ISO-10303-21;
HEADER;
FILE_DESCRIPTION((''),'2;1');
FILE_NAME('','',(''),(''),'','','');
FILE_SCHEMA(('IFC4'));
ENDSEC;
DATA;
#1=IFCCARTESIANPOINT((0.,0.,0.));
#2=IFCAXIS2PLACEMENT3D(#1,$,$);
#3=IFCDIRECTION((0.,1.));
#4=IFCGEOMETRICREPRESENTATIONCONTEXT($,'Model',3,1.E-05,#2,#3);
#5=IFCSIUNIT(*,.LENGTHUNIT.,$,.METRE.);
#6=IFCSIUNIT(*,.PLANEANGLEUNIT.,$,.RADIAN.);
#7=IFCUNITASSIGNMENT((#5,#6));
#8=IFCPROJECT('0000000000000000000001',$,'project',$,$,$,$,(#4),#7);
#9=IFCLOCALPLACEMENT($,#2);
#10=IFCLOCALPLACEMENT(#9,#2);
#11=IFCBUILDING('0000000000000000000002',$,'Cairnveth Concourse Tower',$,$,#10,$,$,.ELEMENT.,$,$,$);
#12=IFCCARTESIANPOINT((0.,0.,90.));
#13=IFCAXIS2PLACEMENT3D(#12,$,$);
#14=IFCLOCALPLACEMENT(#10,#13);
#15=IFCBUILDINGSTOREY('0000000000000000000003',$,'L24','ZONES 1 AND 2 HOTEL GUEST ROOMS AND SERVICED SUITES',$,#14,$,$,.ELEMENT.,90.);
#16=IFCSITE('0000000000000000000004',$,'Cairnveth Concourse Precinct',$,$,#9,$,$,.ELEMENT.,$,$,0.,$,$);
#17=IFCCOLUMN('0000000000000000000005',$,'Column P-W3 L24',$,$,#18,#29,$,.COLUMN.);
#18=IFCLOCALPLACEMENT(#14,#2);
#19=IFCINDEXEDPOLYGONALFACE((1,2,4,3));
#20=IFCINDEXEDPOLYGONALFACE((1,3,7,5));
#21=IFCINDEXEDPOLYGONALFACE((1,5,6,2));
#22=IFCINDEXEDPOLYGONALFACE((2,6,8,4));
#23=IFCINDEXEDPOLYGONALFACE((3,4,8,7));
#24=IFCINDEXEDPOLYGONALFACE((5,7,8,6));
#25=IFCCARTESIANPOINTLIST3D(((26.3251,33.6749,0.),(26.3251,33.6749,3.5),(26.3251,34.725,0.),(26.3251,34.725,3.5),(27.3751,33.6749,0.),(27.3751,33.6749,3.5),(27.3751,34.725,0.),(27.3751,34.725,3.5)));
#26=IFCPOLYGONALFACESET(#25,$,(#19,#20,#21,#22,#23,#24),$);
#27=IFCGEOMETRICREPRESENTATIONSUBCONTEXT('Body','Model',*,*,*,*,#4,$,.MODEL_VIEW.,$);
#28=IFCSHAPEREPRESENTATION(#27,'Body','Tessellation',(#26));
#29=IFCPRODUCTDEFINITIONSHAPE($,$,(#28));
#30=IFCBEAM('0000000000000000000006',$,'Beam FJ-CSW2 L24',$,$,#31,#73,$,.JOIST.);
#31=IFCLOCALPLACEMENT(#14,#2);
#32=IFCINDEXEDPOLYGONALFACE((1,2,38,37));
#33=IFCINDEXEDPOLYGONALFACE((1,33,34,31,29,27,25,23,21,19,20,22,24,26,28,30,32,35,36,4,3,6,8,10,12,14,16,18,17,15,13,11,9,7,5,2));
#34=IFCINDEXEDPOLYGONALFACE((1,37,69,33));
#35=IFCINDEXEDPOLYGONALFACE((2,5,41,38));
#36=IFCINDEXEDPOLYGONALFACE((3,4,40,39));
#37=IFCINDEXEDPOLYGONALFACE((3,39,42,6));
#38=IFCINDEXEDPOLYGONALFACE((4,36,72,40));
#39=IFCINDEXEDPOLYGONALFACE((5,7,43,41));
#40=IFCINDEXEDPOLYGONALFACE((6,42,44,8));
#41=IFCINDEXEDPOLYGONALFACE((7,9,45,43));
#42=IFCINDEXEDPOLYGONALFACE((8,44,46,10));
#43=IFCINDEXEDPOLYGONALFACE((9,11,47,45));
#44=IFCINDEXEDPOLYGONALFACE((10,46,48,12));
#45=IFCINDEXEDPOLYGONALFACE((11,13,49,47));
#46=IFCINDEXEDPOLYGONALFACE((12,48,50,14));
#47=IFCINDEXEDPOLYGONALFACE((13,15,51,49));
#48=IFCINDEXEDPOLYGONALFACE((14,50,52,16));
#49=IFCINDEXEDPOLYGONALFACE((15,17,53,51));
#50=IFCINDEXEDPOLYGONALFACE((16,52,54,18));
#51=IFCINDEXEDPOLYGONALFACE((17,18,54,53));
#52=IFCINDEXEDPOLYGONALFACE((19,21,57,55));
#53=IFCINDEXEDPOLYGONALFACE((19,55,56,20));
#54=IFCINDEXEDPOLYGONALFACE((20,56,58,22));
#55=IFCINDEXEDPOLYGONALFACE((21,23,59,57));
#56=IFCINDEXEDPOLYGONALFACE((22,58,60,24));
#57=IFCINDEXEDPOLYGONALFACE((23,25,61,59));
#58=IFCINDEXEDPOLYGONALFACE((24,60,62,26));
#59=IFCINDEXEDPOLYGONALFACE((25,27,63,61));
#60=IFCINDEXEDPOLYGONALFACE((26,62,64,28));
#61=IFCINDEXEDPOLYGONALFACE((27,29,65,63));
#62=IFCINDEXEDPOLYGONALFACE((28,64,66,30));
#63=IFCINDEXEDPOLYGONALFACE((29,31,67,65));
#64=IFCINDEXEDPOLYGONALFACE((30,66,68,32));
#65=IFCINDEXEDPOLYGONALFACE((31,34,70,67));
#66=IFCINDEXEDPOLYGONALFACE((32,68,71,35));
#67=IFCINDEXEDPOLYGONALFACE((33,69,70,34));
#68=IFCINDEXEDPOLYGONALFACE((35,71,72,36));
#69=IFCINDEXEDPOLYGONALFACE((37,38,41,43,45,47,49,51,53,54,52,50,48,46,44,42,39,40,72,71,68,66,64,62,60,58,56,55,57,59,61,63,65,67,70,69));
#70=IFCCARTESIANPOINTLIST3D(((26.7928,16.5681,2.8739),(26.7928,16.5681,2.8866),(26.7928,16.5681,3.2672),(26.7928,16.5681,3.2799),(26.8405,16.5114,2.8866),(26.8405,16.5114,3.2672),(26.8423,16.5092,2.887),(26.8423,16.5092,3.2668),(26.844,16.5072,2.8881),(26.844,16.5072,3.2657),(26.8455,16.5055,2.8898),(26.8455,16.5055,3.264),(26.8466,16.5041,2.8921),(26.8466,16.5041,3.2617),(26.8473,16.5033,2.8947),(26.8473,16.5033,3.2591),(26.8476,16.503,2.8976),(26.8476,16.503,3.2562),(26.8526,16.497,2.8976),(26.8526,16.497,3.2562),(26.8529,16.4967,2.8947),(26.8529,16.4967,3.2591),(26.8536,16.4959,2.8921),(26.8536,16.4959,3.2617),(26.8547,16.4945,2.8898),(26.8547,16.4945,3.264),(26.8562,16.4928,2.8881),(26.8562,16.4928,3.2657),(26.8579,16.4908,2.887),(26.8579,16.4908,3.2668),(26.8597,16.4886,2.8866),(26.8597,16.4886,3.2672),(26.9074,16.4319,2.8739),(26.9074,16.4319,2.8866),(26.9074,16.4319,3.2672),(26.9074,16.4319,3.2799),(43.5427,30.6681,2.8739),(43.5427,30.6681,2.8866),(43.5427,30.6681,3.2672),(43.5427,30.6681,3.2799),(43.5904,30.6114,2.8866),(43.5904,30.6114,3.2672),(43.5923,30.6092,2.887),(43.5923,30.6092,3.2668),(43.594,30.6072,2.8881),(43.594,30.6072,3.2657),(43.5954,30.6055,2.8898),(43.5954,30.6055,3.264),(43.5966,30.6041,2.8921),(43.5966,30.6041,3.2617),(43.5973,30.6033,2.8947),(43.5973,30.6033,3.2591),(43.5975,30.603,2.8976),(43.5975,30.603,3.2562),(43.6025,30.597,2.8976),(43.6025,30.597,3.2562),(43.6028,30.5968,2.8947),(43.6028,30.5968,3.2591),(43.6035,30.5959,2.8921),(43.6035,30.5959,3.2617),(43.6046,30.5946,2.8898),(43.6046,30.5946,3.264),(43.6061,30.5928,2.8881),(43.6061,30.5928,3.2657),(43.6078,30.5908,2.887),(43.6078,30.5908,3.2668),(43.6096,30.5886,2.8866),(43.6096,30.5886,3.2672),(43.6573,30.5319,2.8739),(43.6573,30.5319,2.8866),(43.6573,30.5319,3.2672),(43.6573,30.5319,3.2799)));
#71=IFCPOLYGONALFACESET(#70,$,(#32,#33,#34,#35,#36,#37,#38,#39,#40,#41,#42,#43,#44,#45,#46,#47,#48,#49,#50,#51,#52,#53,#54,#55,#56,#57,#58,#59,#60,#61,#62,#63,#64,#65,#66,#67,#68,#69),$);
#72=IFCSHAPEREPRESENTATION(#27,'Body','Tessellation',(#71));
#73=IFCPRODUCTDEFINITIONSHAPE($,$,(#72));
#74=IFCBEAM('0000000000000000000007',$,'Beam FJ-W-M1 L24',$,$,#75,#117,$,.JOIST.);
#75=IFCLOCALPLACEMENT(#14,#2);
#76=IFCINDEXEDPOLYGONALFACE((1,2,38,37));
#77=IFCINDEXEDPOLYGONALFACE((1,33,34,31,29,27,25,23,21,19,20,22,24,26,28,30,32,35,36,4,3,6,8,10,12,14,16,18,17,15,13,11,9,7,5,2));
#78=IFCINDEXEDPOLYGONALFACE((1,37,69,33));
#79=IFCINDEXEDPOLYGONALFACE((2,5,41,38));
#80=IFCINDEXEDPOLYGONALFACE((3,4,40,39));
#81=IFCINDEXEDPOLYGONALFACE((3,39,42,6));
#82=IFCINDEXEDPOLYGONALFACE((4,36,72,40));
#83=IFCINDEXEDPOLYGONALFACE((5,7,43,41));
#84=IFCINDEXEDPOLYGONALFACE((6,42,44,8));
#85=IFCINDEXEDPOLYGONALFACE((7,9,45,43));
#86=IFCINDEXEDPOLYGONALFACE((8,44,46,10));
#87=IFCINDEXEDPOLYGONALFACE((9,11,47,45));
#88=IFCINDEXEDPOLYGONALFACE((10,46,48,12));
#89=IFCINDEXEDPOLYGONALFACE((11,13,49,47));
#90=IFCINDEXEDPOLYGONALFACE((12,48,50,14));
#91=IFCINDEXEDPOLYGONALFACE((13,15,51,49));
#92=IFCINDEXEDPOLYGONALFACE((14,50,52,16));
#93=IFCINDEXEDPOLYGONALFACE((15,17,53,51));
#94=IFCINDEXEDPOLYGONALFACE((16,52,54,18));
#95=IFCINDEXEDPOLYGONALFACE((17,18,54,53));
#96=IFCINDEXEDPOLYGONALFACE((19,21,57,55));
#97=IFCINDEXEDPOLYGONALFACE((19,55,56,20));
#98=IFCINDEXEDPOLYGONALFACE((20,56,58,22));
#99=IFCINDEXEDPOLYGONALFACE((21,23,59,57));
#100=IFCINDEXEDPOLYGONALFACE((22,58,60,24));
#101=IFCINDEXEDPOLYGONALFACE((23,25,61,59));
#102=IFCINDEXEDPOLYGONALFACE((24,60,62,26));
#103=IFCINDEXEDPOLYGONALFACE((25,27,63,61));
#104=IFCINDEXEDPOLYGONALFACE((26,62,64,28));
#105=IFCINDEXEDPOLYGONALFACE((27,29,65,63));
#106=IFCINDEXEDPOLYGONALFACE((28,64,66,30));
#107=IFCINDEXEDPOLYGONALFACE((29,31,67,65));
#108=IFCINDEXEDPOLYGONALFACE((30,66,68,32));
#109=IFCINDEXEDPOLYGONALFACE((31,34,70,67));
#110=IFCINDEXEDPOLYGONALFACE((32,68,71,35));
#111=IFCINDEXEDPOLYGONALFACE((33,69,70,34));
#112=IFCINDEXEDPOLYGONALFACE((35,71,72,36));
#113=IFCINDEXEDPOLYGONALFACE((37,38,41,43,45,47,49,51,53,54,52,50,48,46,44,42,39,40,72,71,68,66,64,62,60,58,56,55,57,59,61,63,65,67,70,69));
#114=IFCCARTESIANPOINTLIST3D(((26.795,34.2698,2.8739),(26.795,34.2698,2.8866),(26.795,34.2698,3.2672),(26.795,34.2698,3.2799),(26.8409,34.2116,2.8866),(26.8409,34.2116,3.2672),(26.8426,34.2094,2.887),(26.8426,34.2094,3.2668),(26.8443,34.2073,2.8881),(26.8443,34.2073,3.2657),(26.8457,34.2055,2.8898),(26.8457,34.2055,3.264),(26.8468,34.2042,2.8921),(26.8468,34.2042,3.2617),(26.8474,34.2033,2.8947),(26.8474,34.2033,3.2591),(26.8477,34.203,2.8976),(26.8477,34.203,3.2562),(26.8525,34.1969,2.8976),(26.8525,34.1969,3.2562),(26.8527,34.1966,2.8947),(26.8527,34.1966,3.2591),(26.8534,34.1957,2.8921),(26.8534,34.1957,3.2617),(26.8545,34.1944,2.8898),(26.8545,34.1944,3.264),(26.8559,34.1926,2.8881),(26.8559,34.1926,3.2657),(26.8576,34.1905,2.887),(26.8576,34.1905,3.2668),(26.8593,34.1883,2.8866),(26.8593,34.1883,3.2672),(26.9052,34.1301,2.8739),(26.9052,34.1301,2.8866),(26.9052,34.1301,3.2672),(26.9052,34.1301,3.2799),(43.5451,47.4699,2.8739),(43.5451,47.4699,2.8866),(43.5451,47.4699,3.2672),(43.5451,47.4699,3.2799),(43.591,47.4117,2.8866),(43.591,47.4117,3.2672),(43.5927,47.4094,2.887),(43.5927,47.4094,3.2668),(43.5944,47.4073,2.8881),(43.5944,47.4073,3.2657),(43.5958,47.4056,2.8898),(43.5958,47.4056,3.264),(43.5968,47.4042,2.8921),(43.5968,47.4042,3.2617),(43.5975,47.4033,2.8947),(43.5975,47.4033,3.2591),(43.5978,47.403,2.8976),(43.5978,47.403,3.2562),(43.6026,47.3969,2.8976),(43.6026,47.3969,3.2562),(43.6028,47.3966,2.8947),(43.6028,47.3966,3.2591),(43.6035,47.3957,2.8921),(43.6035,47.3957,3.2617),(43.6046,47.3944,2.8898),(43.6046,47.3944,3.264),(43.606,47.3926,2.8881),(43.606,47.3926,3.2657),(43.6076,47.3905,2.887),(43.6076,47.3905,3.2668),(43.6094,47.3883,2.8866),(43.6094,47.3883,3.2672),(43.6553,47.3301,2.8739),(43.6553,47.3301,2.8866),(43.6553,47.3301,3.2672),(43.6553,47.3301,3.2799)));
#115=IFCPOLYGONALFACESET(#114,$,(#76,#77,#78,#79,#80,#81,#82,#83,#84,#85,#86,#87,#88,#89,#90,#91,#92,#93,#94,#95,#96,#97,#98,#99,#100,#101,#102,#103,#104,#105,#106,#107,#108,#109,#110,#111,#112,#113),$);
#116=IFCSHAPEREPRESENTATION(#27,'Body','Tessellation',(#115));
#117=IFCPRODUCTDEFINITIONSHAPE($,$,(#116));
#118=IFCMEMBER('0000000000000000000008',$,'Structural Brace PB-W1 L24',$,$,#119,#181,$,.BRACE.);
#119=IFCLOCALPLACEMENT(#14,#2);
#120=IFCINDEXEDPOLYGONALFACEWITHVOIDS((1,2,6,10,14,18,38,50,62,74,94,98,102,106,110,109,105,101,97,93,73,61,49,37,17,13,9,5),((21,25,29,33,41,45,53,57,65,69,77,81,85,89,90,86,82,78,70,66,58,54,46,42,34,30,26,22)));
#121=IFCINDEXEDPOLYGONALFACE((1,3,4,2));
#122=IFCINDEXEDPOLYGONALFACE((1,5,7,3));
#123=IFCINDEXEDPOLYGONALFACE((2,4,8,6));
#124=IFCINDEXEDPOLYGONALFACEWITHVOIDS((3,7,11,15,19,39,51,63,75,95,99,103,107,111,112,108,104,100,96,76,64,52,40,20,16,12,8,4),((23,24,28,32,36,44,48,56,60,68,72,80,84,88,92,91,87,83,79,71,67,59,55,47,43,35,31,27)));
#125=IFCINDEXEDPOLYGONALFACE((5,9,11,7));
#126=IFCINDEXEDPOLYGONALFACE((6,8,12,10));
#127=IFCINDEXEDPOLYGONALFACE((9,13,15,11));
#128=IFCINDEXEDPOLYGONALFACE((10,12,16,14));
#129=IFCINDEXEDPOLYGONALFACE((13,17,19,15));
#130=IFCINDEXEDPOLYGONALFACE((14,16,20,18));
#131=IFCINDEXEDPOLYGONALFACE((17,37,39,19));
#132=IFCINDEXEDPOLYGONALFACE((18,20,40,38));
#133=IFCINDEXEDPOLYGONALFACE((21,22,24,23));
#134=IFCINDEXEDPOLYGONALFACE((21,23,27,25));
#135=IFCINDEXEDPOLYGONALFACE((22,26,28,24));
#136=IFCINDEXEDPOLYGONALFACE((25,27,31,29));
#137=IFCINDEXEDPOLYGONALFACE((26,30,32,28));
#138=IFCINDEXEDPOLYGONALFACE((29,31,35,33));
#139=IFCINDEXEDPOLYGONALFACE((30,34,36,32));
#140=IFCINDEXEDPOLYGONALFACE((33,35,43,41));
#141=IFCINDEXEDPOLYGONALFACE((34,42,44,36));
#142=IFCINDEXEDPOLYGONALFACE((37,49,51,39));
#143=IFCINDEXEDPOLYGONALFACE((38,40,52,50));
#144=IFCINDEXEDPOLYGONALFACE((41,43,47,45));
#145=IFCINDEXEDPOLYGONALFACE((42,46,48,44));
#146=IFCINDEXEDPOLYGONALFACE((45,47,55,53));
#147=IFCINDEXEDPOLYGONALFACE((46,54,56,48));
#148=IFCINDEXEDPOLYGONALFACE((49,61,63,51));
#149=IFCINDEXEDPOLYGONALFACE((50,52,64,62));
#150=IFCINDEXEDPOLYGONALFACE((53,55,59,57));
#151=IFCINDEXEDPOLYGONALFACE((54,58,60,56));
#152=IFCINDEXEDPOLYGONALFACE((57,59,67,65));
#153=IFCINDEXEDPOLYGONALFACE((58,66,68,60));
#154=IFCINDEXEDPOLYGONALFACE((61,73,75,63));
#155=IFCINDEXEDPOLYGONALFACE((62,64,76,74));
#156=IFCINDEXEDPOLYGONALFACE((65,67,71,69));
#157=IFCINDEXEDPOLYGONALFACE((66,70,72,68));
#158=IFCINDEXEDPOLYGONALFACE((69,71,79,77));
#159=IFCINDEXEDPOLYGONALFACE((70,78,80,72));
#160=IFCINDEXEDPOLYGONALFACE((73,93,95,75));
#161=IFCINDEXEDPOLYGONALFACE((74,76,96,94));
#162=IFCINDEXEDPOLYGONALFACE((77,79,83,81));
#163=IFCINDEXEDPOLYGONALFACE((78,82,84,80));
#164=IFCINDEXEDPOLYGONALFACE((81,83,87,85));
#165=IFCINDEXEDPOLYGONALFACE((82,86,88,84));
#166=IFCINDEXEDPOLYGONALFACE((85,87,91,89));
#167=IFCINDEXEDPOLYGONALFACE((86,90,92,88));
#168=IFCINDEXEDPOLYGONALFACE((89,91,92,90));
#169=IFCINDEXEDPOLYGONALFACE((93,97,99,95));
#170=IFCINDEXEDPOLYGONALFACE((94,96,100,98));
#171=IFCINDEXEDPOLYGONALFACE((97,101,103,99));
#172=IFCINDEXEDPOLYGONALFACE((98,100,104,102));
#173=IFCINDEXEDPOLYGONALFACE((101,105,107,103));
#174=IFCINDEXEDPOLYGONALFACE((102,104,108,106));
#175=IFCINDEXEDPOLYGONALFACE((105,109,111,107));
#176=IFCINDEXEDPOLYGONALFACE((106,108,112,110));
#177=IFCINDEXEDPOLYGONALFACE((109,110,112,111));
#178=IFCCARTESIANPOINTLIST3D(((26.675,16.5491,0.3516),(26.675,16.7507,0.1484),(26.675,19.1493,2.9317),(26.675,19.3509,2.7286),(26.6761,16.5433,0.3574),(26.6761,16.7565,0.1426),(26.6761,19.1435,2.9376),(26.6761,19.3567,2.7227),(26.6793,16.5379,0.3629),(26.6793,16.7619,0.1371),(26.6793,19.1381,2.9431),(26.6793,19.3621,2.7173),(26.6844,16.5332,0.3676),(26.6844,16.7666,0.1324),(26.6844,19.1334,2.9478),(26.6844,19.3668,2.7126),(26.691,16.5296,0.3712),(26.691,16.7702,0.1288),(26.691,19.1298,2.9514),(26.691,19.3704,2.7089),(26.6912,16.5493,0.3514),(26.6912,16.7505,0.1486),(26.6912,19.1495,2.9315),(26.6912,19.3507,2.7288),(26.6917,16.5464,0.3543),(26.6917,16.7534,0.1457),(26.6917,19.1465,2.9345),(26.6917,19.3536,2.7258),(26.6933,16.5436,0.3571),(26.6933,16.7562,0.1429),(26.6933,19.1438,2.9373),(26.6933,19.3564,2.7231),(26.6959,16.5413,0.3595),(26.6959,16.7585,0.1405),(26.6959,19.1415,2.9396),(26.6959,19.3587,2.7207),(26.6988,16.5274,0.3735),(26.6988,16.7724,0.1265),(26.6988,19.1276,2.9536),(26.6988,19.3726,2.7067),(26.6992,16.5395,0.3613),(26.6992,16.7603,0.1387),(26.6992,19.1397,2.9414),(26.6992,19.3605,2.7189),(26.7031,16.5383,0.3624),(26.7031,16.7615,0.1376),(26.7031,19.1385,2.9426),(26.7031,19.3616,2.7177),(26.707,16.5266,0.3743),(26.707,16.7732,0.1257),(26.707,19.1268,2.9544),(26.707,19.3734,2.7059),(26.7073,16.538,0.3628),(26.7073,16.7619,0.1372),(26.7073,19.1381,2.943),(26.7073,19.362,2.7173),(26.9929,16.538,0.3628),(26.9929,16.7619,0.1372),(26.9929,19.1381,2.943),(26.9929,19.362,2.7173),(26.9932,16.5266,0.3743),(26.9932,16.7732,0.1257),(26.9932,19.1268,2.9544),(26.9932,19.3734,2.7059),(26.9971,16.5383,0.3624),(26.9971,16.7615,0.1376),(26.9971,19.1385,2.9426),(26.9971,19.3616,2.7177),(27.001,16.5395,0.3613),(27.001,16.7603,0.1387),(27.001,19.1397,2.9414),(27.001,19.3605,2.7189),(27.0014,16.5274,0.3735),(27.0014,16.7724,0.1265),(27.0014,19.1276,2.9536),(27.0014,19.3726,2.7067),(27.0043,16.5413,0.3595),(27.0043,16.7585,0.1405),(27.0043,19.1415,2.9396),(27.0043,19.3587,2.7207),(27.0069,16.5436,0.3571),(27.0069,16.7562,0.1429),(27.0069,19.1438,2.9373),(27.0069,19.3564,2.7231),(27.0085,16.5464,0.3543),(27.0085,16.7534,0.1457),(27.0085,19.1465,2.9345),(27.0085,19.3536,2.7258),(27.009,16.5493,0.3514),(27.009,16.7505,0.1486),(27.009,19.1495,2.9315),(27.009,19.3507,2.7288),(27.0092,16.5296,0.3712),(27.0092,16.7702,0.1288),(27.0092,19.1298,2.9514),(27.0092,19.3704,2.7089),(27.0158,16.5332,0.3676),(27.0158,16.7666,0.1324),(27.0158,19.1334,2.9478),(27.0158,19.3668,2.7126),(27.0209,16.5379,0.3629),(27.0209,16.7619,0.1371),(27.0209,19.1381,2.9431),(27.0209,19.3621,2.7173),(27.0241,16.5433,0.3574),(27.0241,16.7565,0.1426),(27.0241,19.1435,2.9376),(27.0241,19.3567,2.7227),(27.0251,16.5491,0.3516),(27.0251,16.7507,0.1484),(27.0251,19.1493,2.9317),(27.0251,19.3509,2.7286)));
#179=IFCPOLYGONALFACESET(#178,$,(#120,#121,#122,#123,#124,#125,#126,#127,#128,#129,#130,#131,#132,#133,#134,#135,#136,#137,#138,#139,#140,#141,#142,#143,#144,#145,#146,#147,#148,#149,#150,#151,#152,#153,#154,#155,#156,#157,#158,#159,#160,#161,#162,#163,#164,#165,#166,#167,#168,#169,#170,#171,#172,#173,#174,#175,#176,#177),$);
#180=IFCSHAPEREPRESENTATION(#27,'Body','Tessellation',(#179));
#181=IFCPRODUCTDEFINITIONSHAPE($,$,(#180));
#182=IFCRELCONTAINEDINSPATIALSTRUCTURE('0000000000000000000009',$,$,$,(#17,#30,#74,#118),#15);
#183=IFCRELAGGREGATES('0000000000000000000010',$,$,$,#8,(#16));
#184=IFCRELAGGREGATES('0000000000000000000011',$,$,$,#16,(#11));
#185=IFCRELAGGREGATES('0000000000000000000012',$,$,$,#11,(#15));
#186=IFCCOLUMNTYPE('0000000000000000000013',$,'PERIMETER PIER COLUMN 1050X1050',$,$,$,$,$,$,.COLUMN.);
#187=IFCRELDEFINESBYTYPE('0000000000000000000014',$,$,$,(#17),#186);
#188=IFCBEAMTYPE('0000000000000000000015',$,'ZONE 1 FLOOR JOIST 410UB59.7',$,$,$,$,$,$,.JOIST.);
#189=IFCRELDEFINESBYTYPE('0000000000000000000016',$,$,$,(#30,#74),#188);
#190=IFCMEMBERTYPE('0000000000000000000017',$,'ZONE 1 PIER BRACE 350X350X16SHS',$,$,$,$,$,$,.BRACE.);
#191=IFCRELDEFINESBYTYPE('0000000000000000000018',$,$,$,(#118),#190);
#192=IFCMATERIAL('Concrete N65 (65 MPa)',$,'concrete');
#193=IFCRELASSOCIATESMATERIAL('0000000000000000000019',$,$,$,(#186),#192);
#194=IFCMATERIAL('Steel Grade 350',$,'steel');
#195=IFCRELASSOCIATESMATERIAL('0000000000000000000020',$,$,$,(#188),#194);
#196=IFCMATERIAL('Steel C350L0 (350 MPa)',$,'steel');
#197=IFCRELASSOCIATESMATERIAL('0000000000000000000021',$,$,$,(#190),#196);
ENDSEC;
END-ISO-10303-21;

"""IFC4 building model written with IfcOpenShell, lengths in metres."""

from ifc_helpers import new_model, si_unit, direction, frame, origin, origin_2d, place, context, subcontext, project, spatial, rectangle, hollow_rectangle, i_section, extrude, material, material_profile, profile_set, type_object, element, save


model = new_model("IFC4")

# Units and contexts
model_context = context("Model", 3, precision=1e-05, world=origin(), true_north=direction((0.0, 1.0)))
body_context = subcontext(model_context, "Body", "Model", "MODEL_VIEW")
ifc_project = project(units=[si_unit("LENGTHUNIT", "METRE"), si_unit("PLANEANGLEUNIT", "RADIAN")], contexts=[model_context])

# Site, building, storey
site_placement = place(None, origin())
site = spatial("IfcSite", under=ifc_project, at=site_placement, Name="Cairnveth Concourse Precinct", CompositionType="ELEMENT", RefElevation=0.0)
building_placement = place(site_placement, origin())
building = spatial("IfcBuilding", under=site, at=building_placement, Name="Cairnveth Concourse Tower", CompositionType="ELEMENT")
storey_placement = place(building_placement, frame((0.0, 0.0, 90.0)))
storey = spatial("IfcBuildingStorey", under=building, at=storey_placement, Name="L24", Description="ZONES 1 AND 2 HOTEL GUEST ROOMS AND SERVICED SUITES", CompositionType="ELEMENT", Elevation=90.0)

# Column
ifc_material_1 = material(Name="Concrete N65 (65 MPa)", Category="concrete")
ifc_material_profile_1 = material_profile(ifc_material_1, rectangle(XDim=1.05, YDim=1.05, at=origin_2d()), Name="RC-COL-1050x1050")
ifc_profile_set_1 = profile_set([ifc_material_profile_1], Name="Concrete N65 (65 MPa)")
column_type = type_object("IfcColumnType", Name="PERIMETER PIER COLUMN 1050X1050", PredefinedType="COLUMN", material=ifc_profile_set_1)
column_placement = place(storey_placement, frame((26.8501, 34.2, 0.0), z_axis=(0.0, 0.0, 1.0), x_axis=(0.0, 1.0, 0.0)))
element("IfcColumn", 1, at=column_placement, inside=storey, type_object=column_type, Name="Column P-W3 L24", PredefinedType="COLUMN", context=body_context, shape_type="SweptSolid", body=[
    extrude(rectangle(XDim=1.05, YDim=1.05, at=origin_2d()), origin(), (0.0, 0.0, 1.0), 3.5),
])

# Beams
ifc_material_2 = material(Name="Steel Grade 350", Category="steel")
ifc_material_profile_2 = material_profile(ifc_material_2, i_section(OverallWidth=0.178, OverallDepth=0.406, WebThickness=0.0078, FlangeThickness=0.0127, FilletRadius=0.011, at=origin_2d()), Name="410UB59.7")
ifc_profile_set_2 = profile_set([ifc_material_profile_2], Name="Steel Grade 350")
beam_type_1 = type_object("IfcBeamType", Name="ZONE 1 FLOOR JOIST 410UB59.7", PredefinedType="JOIST", material=ifc_profile_set_2)
beam_1_placement = place(storey_placement, frame((26.8501, 16.5, 3.0769), z_axis=(0.765027, 0.643998, 0.0), x_axis=(-0.643998, 0.765027, 0.0)))
element("IfcBeam", 2, at=beam_1_placement, inside=storey, type_object=beam_type_1, Name="Beam FJ-CSW2 L24", PredefinedType="JOIST", context=body_context, shape_type="SweptSolid", body=[
    extrude(i_section(OverallWidth=0.178, OverallDepth=0.406, WebThickness=0.0078, FlangeThickness=0.0127, FilletRadius=0.011, at=origin_2d()), origin(), (0.0, 0.0, 1.0), 21.8945),
])
beam_2_placement = place(storey_placement, frame((26.8501, 34.2, 3.0769), z_axis=(0.785424, 0.618958, 0.0), x_axis=(-0.618958, 0.785424, 0.0)))
element("IfcBeam", 3, at=beam_2_placement, inside=storey, type_object=beam_type_1, Name="Beam FJ-W-M1 L24", PredefinedType="JOIST", context=body_context, shape_type="SweptSolid", body=[
    extrude(i_section(OverallWidth=0.178, OverallDepth=0.406, WebThickness=0.0078, FlangeThickness=0.0127, FilletRadius=0.011, at=origin_2d()), origin(), (0.0, 0.0, 1.0), 21.3262),
])

# Member
ifc_material_3 = material(Name="Steel C350L0 (350 MPa)", Category="steel")
ifc_material_profile_3 = material_profile(ifc_material_3, hollow_rectangle(XDim=0.3501, YDim=0.3501, WallThickness=0.0161, InnerFilletRadius=0.0161, OuterFilletRadius=0.032, at=origin_2d()), Name="350x350x16.0SHS")
ifc_profile_set_3 = profile_set([ifc_material_profile_3], Name="Steel C350L0 (350 MPa)")
member_type = type_object("IfcMemberType", Name="ZONE 1 PIER BRACE 350X350X16SHS", PredefinedType="BRACE", material=ifc_profile_set_3)
member_placement = place(storey_placement, frame((26.8501, 16.6499, 0.25), z_axis=(0.0, 0.709834, 0.704369), x_axis=(-1.0, 0.0, 0.0)))
element("IfcMember", 4, at=member_placement, inside=storey, type_object=member_type, Name="Structural Brace PB-W1 L24", PredefinedType="BRACE", context=body_context, shape_type="SweptSolid", body=[
    extrude(hollow_rectangle(XDim=0.3501, YDim=0.3501, WallThickness=0.0161, InnerFilletRadius=0.0161, OuterFilletRadius=0.032, at=origin_2d()), origin(), (0.0, 0.0, 1.0), 3.6631),
])

save(model, "model.ifc")
